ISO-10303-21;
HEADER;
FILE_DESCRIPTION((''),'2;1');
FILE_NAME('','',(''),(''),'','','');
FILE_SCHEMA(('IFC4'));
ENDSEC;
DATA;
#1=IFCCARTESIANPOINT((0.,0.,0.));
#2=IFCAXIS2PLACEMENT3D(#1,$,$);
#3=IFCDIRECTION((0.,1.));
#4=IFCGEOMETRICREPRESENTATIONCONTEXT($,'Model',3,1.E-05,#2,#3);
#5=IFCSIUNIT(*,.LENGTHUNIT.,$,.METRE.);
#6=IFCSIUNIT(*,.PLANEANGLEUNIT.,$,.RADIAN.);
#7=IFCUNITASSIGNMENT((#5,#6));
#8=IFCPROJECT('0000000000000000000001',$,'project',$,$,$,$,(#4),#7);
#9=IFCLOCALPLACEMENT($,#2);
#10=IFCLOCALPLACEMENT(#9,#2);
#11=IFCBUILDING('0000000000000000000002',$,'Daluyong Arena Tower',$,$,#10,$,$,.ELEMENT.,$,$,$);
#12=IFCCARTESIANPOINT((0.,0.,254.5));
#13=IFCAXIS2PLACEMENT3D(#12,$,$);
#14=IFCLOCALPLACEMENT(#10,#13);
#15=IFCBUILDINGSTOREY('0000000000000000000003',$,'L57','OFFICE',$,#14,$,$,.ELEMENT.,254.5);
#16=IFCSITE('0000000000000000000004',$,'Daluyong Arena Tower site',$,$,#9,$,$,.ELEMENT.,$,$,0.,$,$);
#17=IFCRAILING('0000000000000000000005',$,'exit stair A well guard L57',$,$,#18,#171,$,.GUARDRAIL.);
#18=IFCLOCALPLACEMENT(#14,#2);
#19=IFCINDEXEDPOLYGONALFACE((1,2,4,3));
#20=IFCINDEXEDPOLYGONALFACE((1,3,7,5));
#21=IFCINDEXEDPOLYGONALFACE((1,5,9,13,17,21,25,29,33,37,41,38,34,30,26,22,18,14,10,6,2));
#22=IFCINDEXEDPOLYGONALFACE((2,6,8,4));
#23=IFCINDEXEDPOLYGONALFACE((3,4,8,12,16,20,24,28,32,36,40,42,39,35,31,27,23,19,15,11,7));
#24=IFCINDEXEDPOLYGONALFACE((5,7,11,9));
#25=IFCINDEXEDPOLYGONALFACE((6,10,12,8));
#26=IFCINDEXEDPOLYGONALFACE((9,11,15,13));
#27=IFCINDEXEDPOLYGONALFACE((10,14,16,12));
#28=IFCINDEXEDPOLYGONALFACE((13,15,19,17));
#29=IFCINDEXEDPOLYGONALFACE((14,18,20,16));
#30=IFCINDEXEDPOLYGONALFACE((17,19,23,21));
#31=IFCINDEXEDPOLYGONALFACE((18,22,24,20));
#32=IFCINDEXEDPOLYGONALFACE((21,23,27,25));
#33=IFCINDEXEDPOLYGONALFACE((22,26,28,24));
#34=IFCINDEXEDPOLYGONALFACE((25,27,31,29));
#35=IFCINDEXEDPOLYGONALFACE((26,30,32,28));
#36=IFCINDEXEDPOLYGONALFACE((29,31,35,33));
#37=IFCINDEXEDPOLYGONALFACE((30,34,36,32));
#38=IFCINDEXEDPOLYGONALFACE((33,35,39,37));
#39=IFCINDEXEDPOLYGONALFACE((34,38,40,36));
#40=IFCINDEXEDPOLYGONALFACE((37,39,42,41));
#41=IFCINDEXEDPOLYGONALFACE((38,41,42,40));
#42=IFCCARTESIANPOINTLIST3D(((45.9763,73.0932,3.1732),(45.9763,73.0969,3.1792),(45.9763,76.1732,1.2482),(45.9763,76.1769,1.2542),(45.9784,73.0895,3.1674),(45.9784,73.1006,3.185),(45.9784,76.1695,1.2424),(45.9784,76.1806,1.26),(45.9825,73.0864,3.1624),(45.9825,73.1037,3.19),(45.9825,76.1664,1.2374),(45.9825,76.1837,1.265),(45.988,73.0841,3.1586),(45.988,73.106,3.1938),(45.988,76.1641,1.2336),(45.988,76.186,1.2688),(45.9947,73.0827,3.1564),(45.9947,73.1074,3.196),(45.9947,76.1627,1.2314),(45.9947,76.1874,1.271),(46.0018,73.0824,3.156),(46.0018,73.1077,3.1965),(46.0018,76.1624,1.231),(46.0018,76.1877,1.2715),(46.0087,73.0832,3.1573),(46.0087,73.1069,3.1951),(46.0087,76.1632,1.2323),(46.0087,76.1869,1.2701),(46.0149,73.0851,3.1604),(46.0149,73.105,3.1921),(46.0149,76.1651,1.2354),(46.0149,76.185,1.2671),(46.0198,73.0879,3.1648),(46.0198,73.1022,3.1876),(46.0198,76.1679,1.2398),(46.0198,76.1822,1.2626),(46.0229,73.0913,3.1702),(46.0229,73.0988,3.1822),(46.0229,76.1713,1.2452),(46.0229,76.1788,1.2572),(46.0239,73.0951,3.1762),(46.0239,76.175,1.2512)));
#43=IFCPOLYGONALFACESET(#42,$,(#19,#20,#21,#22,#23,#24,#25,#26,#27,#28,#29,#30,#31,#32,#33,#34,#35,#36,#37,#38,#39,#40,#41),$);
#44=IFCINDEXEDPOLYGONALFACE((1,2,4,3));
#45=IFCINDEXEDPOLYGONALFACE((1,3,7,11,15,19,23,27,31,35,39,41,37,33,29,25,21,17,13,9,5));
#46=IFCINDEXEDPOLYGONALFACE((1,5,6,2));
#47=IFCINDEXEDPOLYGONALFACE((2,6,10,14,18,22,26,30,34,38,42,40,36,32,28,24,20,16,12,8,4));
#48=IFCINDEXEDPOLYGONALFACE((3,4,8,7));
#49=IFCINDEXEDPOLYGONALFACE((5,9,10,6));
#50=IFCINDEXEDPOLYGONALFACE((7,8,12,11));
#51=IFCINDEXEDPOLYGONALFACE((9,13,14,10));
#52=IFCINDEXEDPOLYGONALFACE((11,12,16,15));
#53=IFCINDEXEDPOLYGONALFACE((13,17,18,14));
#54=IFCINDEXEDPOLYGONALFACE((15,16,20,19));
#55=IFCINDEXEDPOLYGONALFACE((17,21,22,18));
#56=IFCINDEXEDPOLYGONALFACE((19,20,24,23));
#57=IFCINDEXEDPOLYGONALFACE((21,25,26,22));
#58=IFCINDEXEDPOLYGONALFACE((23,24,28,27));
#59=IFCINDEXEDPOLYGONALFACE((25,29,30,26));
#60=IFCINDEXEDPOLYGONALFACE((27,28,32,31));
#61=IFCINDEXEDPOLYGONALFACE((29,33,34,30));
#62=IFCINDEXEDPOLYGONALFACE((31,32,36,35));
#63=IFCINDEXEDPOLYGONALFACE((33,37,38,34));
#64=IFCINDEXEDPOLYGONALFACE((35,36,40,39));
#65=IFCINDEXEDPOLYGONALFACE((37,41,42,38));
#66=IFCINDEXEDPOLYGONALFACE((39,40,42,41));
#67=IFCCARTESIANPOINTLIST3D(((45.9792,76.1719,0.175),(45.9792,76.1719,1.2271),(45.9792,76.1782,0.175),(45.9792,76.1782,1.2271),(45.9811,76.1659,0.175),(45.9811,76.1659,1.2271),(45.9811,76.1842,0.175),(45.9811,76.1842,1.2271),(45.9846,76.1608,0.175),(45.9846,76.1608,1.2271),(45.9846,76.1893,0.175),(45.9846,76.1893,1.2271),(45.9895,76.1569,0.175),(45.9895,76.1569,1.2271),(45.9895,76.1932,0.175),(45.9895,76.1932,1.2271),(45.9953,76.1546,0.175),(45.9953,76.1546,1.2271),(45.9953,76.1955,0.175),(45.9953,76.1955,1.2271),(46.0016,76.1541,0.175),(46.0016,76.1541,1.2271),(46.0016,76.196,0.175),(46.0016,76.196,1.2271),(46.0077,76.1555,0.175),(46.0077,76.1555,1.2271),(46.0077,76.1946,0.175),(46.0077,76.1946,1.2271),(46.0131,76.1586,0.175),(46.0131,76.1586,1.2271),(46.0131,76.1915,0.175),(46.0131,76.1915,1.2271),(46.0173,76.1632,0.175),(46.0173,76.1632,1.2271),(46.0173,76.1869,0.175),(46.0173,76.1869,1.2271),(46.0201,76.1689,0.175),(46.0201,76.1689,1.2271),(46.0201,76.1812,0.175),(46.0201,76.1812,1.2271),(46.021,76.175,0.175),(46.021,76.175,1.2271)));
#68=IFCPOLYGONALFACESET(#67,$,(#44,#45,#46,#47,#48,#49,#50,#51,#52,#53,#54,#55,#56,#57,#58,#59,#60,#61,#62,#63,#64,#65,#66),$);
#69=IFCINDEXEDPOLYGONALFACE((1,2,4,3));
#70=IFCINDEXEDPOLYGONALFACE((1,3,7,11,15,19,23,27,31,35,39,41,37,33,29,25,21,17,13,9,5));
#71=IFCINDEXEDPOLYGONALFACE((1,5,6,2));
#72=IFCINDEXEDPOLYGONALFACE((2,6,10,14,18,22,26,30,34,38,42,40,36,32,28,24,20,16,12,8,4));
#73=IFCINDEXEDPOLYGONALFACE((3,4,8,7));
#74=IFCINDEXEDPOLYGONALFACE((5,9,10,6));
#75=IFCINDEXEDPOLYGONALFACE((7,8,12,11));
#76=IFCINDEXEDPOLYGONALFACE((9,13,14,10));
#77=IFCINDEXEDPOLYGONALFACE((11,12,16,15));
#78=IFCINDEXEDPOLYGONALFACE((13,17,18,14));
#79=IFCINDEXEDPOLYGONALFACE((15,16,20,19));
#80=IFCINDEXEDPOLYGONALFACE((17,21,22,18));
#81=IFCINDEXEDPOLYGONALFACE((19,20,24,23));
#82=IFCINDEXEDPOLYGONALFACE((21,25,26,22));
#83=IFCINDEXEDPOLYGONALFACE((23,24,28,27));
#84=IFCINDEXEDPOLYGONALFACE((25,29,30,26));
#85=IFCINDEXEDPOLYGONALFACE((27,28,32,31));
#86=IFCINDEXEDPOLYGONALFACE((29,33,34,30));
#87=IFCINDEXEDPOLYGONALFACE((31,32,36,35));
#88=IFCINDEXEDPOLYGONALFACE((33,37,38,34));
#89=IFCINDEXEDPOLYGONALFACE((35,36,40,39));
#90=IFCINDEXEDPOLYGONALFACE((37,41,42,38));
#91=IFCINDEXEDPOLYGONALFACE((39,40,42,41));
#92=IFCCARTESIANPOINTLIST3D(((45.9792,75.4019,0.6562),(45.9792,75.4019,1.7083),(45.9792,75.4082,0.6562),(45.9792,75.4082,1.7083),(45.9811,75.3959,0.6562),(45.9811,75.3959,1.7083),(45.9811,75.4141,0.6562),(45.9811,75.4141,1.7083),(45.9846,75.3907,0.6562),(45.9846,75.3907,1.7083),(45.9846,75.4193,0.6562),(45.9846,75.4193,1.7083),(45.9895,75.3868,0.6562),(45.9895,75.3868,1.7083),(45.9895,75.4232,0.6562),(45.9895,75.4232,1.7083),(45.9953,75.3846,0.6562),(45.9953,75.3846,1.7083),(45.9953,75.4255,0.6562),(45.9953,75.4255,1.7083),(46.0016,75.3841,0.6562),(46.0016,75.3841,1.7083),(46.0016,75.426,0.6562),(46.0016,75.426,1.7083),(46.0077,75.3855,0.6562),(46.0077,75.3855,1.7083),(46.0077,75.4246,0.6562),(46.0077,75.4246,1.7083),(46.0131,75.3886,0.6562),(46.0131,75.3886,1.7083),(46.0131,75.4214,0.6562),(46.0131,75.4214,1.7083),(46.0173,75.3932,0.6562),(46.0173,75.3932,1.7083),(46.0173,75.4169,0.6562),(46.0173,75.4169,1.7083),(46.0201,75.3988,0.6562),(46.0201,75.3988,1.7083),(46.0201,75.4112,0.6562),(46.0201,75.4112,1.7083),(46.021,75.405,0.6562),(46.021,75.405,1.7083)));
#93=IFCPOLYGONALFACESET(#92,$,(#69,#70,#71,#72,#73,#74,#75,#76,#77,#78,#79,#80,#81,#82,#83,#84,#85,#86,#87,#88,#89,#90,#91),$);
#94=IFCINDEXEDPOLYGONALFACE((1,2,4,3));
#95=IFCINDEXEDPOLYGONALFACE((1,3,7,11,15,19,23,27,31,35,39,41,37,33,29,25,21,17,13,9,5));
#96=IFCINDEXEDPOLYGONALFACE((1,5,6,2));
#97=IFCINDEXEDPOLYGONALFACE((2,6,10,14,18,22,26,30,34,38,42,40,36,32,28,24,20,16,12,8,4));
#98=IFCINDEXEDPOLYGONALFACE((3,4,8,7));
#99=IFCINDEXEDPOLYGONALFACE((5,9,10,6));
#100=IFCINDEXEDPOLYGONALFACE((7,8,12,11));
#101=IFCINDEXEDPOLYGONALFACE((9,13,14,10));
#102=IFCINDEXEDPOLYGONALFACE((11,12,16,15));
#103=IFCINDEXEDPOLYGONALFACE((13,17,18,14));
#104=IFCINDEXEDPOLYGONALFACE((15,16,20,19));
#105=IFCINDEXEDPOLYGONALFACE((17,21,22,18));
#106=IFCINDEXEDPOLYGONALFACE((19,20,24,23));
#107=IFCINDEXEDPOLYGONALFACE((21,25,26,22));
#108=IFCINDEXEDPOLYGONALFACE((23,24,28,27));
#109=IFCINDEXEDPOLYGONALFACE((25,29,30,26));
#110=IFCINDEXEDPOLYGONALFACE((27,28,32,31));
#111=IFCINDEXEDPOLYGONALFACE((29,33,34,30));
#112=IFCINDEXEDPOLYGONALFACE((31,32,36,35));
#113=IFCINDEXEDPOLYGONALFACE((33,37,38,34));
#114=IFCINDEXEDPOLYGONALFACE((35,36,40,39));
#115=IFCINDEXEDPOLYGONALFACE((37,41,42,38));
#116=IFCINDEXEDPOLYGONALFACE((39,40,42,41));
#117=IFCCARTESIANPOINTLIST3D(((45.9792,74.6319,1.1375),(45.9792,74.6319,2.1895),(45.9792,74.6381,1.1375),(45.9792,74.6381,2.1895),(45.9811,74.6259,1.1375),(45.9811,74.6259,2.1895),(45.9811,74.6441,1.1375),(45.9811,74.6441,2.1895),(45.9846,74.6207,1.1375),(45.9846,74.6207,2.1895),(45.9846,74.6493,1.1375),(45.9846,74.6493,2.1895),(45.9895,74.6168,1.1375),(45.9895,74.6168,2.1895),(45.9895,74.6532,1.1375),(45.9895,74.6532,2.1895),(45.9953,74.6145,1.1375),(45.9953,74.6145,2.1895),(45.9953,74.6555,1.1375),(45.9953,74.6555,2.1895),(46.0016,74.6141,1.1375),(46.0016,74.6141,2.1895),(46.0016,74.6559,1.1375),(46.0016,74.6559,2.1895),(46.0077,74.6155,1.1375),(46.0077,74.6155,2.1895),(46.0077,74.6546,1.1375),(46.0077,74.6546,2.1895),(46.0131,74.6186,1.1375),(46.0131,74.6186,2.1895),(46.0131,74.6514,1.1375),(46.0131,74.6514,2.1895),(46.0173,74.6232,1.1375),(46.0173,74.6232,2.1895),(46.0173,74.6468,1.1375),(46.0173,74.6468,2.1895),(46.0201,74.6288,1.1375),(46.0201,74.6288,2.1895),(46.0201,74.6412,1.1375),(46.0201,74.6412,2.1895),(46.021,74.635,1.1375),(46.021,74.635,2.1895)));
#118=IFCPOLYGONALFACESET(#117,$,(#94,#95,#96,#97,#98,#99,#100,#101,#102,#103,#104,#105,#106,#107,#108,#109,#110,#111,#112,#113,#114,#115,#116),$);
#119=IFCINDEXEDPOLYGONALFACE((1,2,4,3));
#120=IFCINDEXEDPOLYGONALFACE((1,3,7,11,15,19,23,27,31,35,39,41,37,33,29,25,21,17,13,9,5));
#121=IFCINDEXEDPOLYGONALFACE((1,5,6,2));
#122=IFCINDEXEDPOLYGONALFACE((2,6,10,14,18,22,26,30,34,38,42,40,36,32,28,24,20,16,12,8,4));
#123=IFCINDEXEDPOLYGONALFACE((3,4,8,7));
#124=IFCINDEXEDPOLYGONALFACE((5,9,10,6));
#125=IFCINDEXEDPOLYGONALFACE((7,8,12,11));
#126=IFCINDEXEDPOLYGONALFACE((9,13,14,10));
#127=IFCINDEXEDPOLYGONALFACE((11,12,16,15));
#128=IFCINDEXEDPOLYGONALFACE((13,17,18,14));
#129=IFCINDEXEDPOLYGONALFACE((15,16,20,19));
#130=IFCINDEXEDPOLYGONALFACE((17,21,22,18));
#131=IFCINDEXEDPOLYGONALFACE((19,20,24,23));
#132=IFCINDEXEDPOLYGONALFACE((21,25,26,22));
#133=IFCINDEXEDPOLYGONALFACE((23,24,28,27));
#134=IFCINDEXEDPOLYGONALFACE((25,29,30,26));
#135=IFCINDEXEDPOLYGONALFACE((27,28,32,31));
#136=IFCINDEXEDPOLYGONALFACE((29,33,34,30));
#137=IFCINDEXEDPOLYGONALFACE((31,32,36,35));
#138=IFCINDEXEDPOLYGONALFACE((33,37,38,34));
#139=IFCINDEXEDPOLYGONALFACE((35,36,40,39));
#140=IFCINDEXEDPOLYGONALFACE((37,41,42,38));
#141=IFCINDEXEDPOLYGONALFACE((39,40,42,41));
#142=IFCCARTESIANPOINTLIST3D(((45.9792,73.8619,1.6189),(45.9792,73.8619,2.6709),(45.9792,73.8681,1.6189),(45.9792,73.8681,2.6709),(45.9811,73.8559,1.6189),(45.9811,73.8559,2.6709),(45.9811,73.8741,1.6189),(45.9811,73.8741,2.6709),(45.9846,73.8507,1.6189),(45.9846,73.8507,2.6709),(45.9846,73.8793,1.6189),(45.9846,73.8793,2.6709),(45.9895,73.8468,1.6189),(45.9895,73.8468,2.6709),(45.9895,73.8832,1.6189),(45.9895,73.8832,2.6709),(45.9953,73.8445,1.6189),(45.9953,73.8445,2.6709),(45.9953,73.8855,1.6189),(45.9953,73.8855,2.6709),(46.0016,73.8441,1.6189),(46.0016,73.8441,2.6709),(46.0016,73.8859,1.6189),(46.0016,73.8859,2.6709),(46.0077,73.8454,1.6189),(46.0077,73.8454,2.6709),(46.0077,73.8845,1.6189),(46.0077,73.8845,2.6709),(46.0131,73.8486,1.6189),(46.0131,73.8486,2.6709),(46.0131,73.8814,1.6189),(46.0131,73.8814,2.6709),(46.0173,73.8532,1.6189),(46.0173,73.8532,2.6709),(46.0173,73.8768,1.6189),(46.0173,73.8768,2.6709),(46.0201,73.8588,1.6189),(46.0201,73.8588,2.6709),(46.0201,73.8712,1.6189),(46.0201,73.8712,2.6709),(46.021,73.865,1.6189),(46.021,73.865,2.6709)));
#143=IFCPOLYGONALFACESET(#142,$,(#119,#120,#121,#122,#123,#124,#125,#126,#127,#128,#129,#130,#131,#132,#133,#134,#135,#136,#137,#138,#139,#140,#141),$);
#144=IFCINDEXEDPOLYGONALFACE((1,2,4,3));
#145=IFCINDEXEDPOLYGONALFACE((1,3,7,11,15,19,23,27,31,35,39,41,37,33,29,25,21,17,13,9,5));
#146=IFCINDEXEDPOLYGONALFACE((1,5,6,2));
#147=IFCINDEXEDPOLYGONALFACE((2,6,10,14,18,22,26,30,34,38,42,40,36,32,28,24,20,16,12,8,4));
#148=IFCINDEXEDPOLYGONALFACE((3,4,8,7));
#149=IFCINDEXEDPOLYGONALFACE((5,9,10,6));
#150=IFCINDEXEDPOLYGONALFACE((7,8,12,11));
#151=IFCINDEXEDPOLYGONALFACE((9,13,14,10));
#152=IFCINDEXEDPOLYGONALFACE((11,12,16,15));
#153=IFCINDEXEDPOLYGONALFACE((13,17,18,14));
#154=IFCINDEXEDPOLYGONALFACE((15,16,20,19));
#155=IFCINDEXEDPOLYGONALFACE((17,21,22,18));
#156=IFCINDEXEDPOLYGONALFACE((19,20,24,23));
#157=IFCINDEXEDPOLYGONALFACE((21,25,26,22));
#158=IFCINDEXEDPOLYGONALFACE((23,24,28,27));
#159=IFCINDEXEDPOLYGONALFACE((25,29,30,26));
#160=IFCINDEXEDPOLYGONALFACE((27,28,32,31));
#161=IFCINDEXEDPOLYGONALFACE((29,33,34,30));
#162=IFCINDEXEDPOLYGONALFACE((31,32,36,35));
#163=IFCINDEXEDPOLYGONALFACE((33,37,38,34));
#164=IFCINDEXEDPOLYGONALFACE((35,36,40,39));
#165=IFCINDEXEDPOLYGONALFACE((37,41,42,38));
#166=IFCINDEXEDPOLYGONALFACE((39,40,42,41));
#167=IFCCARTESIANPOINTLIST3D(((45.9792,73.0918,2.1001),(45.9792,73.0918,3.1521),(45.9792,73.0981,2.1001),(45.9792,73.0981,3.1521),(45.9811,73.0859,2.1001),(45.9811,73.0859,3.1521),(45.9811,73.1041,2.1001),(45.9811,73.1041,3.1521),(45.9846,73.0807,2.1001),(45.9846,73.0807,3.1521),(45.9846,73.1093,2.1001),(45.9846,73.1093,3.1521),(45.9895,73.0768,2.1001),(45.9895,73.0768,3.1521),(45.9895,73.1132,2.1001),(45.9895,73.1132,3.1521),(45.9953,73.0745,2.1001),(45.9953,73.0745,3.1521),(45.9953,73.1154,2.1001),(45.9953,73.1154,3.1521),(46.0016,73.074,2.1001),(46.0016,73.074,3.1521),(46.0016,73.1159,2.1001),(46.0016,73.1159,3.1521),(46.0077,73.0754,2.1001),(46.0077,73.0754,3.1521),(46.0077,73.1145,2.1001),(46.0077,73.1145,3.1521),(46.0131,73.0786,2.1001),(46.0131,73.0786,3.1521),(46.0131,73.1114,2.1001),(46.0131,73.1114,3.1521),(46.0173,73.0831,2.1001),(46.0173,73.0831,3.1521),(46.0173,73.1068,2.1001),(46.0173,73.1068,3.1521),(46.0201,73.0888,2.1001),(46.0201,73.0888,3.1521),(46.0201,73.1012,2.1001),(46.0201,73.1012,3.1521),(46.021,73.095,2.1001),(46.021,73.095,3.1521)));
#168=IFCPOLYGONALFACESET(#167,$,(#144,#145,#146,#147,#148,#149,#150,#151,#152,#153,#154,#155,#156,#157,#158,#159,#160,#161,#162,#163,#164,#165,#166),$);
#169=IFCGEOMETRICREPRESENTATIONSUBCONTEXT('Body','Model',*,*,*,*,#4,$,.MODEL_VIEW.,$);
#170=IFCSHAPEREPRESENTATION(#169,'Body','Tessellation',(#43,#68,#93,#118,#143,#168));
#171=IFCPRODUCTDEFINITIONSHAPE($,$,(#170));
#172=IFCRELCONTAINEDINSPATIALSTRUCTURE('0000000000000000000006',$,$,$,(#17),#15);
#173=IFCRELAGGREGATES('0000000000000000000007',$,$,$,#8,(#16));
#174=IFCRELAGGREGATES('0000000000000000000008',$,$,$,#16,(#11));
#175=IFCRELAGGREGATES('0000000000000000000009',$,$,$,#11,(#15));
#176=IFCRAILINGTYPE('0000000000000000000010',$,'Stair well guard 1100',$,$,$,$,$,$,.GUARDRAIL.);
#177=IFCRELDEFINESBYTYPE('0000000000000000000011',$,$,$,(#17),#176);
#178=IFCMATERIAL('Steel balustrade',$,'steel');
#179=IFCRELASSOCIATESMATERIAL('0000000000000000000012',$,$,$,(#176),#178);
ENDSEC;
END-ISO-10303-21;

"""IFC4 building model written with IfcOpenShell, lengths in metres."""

from ifc_helpers import new_model, si_unit, direction, frame, origin, origin_2d, place, context, subcontext, project, spatial, circle, extrude, material, type_object, element, save


model = new_model("IFC4")

# Units and contexts
model_context = context("Model", 3, precision=1e-05, world=origin(), true_north=direction((0.0, 1.0)))
body_context = subcontext(model_context, "Body", "Model", "MODEL_VIEW")
ifc_project = project(units=[si_unit("LENGTHUNIT", "METRE"), si_unit("PLANEANGLEUNIT", "RADIAN")], contexts=[model_context])

# Site, building, storey
site_placement = place(None, origin())
site = spatial("IfcSite", under=ifc_project, at=site_placement, Name="Daluyong Arena Tower site", CompositionType="ELEMENT", RefElevation=0.0)
building_placement = place(site_placement, origin())
building = spatial("IfcBuilding", under=site, at=building_placement, Name="Daluyong Arena Tower", CompositionType="ELEMENT")
storey_placement = place(building_placement, frame((0.0, 0.0, 254.5)))
storey = spatial("IfcBuildingStorey", under=building, at=storey_placement, Name="L57", Description="OFFICE", CompositionType="ELEMENT", Elevation=254.5)

# Railing
ifc_material_1 = material(Name="Steel balustrade", Category="steel")
railing_type_1 = type_object("IfcRailingType", Name="Stair well guard 1100", PredefinedType="GUARDRAIL", material=ifc_material_1)
railing_1_placement = place(storey_placement, frame((46.0, 76.175, 0.175)))
element("IfcRailing", 1, at=railing_1_placement, inside=storey, type_object=railing_type_1, Name="exit stair A well guard L57", PredefinedType="GUARDRAIL", context=body_context, shape_type="SweptSolid", body=[
    extrude(circle(Radius=0.0239, at=origin_2d()), frame((0.0, 0.0, 1.0762), z_axis=(0.0, -0.847998, 0.529999), x_axis=(1.0, 0.0, 0.0)), (0.0, 0.0, 1.0), 3.6321),
    extrude(circle(Radius=0.021, at=origin_2d()), origin(), (0.0, 0.0, 1.0), 1.052),
    extrude(circle(Radius=0.021, at=origin_2d()), frame((0.0, -0.77, 0.4812)), (0.0, 0.0, 1.0), 1.052),
    extrude(circle(Radius=0.021, at=origin_2d()), frame((0.0, -1.54, 0.9624)), (0.0, 0.0, 1.0), 1.052),
    extrude(circle(Radius=0.021, at=origin_2d()), frame((0.0, -2.3101, 1.4438)), (0.0, 0.0, 1.0), 1.052),
    extrude(circle(Radius=0.021, at=origin_2d()), frame((0.0, -3.0801, 1.925)), (0.0, 0.0, 1.0), 1.052),
])

save(model, "model.ifc")
